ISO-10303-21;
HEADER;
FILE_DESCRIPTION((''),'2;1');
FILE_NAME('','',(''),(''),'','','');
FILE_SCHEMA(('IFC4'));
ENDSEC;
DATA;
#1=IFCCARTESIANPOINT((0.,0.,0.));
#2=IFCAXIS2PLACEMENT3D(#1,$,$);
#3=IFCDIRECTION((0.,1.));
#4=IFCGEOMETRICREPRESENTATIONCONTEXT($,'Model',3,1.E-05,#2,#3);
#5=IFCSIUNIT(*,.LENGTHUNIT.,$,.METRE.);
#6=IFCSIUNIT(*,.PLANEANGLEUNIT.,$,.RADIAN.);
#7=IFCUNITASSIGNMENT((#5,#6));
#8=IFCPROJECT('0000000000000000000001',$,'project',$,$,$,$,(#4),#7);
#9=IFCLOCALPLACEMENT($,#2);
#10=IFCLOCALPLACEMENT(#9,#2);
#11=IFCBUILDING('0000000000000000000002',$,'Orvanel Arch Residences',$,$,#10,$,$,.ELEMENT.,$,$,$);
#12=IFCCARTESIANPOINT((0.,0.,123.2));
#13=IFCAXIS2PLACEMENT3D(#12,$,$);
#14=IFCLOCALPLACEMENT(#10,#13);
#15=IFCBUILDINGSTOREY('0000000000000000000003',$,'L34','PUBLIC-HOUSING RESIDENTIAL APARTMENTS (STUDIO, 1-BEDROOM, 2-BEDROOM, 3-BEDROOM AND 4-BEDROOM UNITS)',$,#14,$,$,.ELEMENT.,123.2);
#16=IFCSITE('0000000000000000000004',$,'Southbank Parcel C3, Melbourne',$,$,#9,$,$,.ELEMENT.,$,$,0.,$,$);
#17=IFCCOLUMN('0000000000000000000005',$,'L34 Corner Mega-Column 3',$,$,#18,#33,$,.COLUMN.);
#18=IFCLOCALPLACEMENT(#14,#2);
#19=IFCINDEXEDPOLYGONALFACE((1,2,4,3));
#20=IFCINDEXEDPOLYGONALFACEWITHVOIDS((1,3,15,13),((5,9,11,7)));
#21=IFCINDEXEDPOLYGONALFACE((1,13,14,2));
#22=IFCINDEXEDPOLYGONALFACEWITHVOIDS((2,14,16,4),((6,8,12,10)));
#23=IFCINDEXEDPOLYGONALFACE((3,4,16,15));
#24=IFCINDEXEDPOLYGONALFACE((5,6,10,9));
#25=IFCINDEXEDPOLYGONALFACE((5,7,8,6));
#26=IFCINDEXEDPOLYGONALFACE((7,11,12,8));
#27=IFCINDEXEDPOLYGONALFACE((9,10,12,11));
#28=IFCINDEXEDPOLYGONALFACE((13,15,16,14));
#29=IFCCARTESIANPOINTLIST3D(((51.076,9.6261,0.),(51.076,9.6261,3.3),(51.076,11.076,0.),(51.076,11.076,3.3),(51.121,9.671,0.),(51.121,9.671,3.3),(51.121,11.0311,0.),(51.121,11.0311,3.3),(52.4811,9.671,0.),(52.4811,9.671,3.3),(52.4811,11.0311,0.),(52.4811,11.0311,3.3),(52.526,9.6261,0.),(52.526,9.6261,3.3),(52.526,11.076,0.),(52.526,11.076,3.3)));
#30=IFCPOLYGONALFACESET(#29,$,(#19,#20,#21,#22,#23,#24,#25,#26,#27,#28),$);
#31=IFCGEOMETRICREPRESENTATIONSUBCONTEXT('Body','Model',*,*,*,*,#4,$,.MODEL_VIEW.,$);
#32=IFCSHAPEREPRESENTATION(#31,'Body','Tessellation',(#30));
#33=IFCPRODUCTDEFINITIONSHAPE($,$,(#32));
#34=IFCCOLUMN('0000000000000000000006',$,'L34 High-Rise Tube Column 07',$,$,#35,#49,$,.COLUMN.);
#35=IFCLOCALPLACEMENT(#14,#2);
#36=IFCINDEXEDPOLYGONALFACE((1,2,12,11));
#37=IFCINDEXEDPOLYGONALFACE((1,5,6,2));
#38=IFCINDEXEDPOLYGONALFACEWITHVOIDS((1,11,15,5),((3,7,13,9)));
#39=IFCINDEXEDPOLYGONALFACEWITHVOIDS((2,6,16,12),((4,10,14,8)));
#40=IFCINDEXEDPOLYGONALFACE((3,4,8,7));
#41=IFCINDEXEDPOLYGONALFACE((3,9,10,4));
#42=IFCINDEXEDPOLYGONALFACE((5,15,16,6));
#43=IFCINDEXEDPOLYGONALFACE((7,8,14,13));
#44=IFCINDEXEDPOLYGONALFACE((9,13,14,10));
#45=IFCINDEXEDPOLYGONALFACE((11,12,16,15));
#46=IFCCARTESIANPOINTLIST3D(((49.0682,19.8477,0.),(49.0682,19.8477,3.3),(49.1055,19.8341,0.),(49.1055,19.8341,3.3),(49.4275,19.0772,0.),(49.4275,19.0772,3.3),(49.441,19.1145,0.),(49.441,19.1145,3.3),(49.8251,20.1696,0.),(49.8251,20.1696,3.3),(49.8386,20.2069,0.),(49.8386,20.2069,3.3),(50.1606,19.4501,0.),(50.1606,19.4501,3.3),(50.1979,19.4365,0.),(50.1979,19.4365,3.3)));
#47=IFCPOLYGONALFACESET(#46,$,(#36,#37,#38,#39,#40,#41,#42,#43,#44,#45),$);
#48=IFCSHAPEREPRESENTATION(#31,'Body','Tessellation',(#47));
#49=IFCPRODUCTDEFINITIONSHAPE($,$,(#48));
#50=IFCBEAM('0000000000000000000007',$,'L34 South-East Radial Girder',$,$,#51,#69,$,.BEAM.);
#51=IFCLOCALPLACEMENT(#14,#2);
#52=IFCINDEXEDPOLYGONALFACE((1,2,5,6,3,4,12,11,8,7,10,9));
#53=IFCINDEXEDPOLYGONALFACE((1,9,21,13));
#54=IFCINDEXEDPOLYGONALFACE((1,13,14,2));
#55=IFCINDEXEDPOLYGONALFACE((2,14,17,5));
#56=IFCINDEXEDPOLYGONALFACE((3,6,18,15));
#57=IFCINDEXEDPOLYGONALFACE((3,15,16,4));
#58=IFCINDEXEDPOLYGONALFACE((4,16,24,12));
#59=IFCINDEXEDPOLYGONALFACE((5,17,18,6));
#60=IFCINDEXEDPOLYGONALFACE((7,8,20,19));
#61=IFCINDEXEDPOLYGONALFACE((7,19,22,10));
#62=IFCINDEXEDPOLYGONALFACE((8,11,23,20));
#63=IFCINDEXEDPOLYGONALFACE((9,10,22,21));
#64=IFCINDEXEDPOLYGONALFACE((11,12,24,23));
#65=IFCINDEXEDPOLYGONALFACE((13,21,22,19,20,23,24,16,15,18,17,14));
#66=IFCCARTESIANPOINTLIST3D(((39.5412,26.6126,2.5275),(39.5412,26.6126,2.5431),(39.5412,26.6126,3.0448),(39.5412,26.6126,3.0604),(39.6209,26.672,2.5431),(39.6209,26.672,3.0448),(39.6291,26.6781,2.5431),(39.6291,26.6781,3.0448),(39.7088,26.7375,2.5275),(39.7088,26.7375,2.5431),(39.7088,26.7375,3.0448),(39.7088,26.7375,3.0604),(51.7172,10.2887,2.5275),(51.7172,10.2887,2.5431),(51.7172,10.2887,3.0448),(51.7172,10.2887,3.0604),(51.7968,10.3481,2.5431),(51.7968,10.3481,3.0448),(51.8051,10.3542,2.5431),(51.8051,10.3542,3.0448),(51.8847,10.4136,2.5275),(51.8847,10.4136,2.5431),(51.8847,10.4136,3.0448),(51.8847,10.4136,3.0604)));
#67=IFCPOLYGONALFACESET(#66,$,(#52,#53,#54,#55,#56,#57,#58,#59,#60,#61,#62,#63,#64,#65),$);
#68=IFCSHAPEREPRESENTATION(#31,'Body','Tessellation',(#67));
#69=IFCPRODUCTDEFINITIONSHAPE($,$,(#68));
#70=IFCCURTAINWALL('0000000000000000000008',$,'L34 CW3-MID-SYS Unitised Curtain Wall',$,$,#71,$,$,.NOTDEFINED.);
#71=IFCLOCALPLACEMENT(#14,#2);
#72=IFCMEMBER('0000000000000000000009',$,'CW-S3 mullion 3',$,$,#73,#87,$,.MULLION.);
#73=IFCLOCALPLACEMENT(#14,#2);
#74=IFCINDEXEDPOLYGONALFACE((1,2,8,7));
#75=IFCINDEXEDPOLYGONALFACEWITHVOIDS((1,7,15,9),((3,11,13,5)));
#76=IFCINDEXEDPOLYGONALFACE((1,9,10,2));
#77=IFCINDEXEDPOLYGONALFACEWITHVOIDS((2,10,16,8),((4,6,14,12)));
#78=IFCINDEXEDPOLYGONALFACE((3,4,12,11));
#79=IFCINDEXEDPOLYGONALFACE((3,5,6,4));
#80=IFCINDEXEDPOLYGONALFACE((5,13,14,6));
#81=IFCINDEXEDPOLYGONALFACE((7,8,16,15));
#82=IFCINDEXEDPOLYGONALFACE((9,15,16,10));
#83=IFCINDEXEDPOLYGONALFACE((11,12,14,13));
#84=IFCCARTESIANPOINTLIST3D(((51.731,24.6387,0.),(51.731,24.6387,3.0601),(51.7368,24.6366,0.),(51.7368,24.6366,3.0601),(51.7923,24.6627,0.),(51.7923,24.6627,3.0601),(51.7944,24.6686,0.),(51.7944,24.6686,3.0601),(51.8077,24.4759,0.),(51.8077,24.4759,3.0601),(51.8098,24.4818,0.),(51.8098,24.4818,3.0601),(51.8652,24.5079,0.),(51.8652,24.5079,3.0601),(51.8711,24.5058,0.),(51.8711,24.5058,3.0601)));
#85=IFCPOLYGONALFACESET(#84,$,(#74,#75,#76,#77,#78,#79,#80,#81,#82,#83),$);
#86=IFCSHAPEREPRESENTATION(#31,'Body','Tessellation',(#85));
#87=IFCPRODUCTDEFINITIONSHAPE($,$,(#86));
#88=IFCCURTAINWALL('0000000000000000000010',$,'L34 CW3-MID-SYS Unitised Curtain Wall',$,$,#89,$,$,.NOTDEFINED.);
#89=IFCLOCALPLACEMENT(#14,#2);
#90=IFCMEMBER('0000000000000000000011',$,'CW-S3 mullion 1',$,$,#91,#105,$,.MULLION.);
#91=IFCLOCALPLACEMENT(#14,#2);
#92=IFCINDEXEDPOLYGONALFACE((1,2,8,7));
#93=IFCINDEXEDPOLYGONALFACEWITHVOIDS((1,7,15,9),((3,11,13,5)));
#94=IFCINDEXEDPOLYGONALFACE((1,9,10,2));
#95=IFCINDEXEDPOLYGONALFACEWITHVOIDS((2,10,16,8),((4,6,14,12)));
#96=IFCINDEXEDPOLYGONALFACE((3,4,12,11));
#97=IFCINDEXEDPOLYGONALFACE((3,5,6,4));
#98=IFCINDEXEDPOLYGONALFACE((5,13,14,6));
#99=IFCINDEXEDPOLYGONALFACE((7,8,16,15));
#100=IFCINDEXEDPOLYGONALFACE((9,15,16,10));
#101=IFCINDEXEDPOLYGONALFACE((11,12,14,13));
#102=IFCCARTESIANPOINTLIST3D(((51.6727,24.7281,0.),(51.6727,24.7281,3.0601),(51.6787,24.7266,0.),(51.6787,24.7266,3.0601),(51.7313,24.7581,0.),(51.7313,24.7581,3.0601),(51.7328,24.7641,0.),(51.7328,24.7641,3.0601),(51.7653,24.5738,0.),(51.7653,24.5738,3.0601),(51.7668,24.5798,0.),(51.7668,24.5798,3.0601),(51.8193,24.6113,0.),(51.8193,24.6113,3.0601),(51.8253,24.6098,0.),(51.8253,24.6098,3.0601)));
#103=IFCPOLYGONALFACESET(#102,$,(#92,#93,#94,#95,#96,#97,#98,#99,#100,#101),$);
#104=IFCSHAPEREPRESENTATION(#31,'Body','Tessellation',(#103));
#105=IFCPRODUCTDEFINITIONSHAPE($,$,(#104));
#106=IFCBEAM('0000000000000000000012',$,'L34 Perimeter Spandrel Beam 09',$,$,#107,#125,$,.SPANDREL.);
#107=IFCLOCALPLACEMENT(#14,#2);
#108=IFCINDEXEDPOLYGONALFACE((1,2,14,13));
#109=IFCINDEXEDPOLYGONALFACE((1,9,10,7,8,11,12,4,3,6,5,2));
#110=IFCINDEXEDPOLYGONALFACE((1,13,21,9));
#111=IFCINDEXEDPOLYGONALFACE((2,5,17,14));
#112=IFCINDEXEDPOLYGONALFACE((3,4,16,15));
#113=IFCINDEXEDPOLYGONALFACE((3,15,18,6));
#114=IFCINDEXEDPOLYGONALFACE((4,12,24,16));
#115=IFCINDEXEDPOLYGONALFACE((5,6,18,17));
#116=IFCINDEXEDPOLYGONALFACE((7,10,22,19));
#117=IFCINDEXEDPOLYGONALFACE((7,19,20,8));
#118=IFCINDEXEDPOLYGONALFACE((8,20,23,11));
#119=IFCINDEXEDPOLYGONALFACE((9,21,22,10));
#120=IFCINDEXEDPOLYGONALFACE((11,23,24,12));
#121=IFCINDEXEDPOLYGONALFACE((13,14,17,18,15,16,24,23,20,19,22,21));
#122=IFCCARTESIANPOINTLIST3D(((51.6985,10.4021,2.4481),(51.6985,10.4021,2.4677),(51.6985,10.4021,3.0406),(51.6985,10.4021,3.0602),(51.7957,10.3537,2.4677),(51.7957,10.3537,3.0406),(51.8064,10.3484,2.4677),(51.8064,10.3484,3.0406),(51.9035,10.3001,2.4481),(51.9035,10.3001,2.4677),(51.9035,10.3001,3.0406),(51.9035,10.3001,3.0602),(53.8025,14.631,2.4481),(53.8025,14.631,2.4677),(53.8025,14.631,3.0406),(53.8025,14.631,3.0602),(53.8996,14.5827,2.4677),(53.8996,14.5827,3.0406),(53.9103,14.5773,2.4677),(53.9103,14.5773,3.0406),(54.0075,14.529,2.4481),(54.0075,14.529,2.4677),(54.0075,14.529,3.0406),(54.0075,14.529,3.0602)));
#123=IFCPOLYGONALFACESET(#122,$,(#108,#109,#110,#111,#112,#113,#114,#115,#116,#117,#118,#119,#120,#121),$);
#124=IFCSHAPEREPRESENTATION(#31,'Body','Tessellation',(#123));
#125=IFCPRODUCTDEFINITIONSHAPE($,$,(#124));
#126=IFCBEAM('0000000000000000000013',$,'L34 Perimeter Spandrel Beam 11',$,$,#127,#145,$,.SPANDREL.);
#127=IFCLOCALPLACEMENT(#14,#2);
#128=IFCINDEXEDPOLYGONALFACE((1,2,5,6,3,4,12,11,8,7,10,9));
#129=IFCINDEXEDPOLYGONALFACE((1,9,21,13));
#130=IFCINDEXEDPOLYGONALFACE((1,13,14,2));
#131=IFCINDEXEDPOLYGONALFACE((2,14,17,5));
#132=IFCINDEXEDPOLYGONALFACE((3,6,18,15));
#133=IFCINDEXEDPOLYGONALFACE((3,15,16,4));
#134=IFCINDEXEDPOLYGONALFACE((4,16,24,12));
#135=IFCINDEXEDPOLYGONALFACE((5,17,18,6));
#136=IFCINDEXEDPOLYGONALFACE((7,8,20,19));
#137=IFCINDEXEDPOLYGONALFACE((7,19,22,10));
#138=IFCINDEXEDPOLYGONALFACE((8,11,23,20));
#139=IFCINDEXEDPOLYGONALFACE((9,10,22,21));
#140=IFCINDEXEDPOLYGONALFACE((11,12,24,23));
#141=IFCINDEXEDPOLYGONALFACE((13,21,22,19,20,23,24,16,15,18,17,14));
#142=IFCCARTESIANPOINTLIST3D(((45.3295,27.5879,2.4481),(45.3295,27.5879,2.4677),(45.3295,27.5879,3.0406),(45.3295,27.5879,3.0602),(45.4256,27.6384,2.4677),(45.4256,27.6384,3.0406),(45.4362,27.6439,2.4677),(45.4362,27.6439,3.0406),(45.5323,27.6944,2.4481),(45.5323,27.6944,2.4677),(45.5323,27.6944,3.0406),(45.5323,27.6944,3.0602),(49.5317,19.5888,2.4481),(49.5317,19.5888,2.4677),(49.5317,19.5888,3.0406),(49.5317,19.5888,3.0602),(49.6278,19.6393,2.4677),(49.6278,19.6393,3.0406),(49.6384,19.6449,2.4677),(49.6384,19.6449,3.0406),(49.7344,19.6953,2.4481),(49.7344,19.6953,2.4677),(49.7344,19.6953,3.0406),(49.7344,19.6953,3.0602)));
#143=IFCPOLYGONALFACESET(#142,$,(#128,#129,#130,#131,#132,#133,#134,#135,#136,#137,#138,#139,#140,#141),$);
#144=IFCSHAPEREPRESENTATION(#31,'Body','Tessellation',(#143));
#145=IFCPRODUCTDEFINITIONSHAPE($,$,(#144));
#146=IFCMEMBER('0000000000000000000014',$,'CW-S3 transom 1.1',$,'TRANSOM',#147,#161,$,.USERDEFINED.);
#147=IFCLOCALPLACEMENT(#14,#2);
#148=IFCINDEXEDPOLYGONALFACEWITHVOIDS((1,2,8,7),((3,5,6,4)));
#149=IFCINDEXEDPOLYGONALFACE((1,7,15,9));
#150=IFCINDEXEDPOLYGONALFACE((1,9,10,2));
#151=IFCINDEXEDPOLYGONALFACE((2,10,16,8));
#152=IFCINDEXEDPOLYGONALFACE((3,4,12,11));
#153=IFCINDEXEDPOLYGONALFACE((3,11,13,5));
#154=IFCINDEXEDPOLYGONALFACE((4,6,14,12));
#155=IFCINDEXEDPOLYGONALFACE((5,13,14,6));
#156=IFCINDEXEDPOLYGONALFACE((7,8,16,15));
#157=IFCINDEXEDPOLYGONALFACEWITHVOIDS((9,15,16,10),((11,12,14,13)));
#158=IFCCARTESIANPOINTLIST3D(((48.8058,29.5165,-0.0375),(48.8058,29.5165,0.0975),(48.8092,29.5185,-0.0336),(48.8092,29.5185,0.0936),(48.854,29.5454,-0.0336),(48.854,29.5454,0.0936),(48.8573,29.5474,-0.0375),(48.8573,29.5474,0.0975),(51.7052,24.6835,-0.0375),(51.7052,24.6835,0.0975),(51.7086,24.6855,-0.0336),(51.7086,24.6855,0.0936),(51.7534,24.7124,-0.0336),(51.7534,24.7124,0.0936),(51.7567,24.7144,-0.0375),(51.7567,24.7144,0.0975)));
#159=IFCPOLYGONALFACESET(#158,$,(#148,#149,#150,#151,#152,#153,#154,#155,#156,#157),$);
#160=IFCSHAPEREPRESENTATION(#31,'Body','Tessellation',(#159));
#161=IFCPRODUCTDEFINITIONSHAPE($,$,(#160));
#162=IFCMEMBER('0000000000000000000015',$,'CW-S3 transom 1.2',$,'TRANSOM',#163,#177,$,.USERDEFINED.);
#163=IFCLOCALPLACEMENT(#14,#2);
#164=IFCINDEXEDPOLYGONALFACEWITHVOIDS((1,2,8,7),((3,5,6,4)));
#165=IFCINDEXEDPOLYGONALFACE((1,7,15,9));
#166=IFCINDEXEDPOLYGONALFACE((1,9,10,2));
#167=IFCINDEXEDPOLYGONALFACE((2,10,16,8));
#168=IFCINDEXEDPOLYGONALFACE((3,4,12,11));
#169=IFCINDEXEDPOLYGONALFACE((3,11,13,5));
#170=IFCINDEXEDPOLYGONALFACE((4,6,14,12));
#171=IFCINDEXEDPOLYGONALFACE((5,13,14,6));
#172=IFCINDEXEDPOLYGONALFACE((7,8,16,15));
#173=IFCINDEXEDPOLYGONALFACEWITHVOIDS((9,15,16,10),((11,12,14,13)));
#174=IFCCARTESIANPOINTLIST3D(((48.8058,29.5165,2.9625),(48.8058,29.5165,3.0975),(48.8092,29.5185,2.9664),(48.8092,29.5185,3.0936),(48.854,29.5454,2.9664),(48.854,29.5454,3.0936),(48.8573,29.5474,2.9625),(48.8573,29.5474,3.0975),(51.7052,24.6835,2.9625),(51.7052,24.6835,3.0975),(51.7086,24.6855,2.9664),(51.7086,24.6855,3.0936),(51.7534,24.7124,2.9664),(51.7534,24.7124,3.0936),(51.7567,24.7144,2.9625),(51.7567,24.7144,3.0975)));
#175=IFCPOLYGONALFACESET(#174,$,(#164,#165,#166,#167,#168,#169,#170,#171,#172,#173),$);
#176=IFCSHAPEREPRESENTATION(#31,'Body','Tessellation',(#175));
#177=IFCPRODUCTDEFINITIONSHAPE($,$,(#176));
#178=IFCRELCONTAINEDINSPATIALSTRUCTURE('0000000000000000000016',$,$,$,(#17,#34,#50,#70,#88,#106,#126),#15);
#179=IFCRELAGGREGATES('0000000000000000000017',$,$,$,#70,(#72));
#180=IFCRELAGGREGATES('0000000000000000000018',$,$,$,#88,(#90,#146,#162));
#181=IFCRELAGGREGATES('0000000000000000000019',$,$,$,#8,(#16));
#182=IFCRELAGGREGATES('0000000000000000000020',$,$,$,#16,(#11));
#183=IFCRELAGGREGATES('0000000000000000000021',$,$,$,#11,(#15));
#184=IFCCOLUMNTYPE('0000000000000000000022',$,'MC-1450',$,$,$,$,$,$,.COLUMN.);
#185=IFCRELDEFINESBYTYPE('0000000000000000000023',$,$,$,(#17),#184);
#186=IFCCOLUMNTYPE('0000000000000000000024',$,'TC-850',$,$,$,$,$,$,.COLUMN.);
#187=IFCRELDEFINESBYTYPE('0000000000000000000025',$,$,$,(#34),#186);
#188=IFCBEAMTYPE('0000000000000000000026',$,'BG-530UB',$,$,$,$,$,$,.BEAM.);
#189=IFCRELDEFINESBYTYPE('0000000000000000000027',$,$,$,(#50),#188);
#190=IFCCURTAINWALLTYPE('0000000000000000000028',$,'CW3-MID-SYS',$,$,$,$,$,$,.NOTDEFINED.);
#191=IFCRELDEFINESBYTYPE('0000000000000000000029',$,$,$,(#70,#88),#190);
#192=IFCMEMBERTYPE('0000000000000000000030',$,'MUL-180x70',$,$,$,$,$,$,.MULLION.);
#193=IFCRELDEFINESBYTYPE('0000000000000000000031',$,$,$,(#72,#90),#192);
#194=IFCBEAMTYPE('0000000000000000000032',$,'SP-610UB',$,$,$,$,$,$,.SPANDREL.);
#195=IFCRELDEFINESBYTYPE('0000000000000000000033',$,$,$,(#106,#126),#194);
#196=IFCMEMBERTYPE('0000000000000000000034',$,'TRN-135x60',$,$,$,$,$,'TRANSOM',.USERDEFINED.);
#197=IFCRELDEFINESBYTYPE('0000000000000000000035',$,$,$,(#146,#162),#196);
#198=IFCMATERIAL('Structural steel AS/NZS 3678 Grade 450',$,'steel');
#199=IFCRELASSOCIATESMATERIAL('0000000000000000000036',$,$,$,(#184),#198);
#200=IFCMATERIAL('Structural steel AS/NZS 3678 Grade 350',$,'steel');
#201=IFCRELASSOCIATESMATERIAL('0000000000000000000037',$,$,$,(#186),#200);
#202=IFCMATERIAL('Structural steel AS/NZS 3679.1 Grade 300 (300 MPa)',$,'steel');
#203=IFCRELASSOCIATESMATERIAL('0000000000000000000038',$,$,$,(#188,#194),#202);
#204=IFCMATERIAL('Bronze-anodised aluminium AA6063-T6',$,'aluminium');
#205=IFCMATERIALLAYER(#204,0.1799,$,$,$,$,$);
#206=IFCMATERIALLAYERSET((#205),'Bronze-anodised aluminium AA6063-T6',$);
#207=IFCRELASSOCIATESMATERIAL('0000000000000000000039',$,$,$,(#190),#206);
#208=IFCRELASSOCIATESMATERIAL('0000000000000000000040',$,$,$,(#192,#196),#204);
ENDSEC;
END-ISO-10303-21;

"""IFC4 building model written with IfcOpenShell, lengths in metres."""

from ifc_helpers import new_model, si_unit, direction, frame, origin, origin_2d, place, context, subcontext, project, spatial, hollow_rectangle, i_section, extrude, material, layer, layer_set, material_profile, profile_set, type_object, element, aggregate, save


model = new_model("IFC4")

# Units and contexts
model_context = context("Model", 3, precision=1e-05, world=origin(), true_north=direction((0.0, 1.0)))
body_context = subcontext(model_context, "Body", "Model", "MODEL_VIEW")
ifc_project = project(units=[si_unit("LENGTHUNIT", "METRE"), si_unit("PLANEANGLEUNIT", "RADIAN")], contexts=[model_context])

# Site, building, storey
site_placement = place(None, origin())
site = spatial("IfcSite", under=ifc_project, at=site_placement, Name="Southbank Parcel C3, Melbourne", CompositionType="ELEMENT", RefElevation=0.0)
building_placement = place(site_placement, origin())
building = spatial("IfcBuilding", under=site, at=building_placement, Name="Orvanel Arch Residences", CompositionType="ELEMENT")
storey_placement = place(building_placement, frame((0.0, 0.0, 123.2)))
storey = spatial("IfcBuildingStorey", under=building, at=storey_placement, Name="L34", Description="PUBLIC-HOUSING RESIDENTIAL APARTMENTS (STUDIO, 1-BEDROOM, 2-BEDROOM, 3-BEDROOM AND 4-BEDROOM UNITS)", CompositionType="ELEMENT", Elevation=123.2)

# Columns
ifc_material_1 = material(Name="Structural steel AS/NZS 3678 Grade 450", Category="steel")
ifc_material_profile_1 = material_profile(ifc_material_1, hollow_rectangle(XDim=1.45, YDim=1.45, WallThickness=0.0449, at=origin_2d()), Name="BOX1450x1450x45")
ifc_profile_set_1 = profile_set([ifc_material_profile_1], Name="Structural steel AS/NZS 3678 Grade 450")
column_type_1 = type_object("IfcColumnType", Name="MC-1450", PredefinedType="COLUMN", material=ifc_profile_set_1)
column_1_placement = place(storey_placement, frame((51.801, 10.3511, 0.0), z_axis=(0.0, 0.0, 1.0), x_axis=(1.0, 0.0, 0.0)))
element("IfcColumn", 1, at=column_1_placement, inside=storey, type_object=column_type_1, Name="L34 Corner Mega-Column 3", PredefinedType="COLUMN", context=body_context, shape_type="SweptSolid", body=[
    extrude(hollow_rectangle(XDim=1.45, YDim=1.45, WallThickness=0.0449, at=origin_2d()), origin(), (0.0, 0.0, 1.0), 3.3),
])
ifc_material_2 = material(Name="Structural steel AS/NZS 3678 Grade 350", Category="steel")
ifc_material_profile_2 = material_profile(ifc_material_2, hollow_rectangle(XDim=0.8501, YDim=0.8501, WallThickness=0.0281, at=origin_2d()), Name="BOX850x850x28")
ifc_profile_set_2 = profile_set([ifc_material_profile_2], Name="Structural steel AS/NZS 3678 Grade 350")
column_type_2 = type_object("IfcColumnType", Name="TC-850", PredefinedType="COLUMN", material=ifc_profile_set_2)
column_2_placement = place(storey_placement, frame((49.6331, 19.6421, 0.0), z_axis=(0.0, 0.0, 1.0), x_axis=(-0.422618, 0.906308, 0.0)))
element("IfcColumn", 2, at=column_2_placement, inside=storey, type_object=column_type_2, Name="L34 High-Rise Tube Column 07", PredefinedType="COLUMN", context=body_context, shape_type="SweptSolid", body=[
    extrude(hollow_rectangle(XDim=0.8501, YDim=0.8501, WallThickness=0.0281, at=origin_2d()), origin(), (0.0, 0.0, 1.0), 3.3),
])

# Beam
ifc_material_3 = material(Name="Structural steel AS/NZS 3679.1 Grade 300 (300 MPa)", Category="steel")
ifc_material_profile_3 = material_profile(ifc_material_3, i_section(OverallWidth=0.209, OverallDepth=0.533, WebThickness=0.0103, FlangeThickness=0.0156, at=origin_2d()), Name="530UB92.4")
ifc_profile_set_3 = profile_set([ifc_material_profile_3], Name="Structural steel AS/NZS 3679.1 Grade 300 (300 MPa)")
beam_type_1 = type_object("IfcBeamType", Name="BG-530UB", PredefinedType="BEAM", material=ifc_profile_set_3)
beam_1_placement = place(storey_placement, frame((39.625, 26.675, 2.7939), z_axis=(0.597894, -0.801575, 0.0), x_axis=(0.801575, 0.597894, 0.0)))
element("IfcBeam", 3, at=beam_1_placement, inside=storey, type_object=beam_type_1, Name="L34 South-East Radial Girder", PredefinedType="BEAM", context=body_context, shape_type="SweptSolid", body=[
    extrude(i_section(OverallWidth=0.209, OverallDepth=0.533, WebThickness=0.0103, FlangeThickness=0.0156, at=origin_2d()), origin(), (0.0, 0.0, 1.0), 20.3647),
])

# Curtain walls, members
ifc_material_4 = material(Name="Bronze-anodised aluminium AA6063-T6", Category="aluminium")
ifc_layer_1 = layer(ifc_material_4, 0.1799)
ifc_layer_set_1 = layer_set([ifc_layer_1], Name="Bronze-anodised aluminium AA6063-T6")
curtain_wall_type = type_object("IfcCurtainWallType", Name="CW3-MID-SYS", PredefinedType="NOTDEFINED", material=ifc_layer_set_1)
curtain_wall_1_placement = place(storey_placement, origin())
curtain_wall_1 = element("IfcCurtainWall", 4, at=curtain_wall_1_placement, inside=storey, type_object=curtain_wall_type, Name="L34 CW3-MID-SYS Unitised Curtain Wall", PredefinedType="NOTDEFINED")
ifc_material_profile_4 = material_profile(ifc_material_4, hollow_rectangle(XDim=0.0701, YDim=0.1799, WallThickness=0.0044, at=origin_2d()), Name="ALU180x70x4.5")
ifc_profile_set_4 = profile_set([ifc_material_profile_4], Name="Bronze-anodised aluminium AA6063-T6")
member_type_1 = type_object("IfcMemberType", Name="MUL-180x70", PredefinedType="MULLION", material=ifc_profile_set_4)
member_1_placement = place(storey_placement, frame((51.801, 24.5723, 0.0), z_axis=(0.0, 0.0, 1.0), x_axis=(-0.904551, -0.426365, 0.0)))
member_1 = element("IfcMember", 5, at=member_1_placement, type_object=member_type_1, Name="CW-S3 mullion 3", PredefinedType="MULLION", context=body_context, shape_type="SweptSolid", body=[
    extrude(hollow_rectangle(XDim=0.0701, YDim=0.1799, WallThickness=0.0044, at=origin_2d()), origin(), (0.0, 0.0, 1.0), 3.0601),
])
aggregate(curtain_wall_1, [member_1])
curtain_wall_2_placement = place(storey_placement, origin())
curtain_wall_2 = element("IfcCurtainWall", 6, at=curtain_wall_2_placement, inside=storey, type_object=curtain_wall_type, Name="L34 CW3-MID-SYS Unitised Curtain Wall", PredefinedType="NOTDEFINED")
member_2_placement = place(storey_placement, frame((51.749, 24.6689, 0.0), z_axis=(0.0, 0.0, 1.0), x_axis=(-0.857516, -0.514457, 0.0)))
member_2 = element("IfcMember", 7, at=member_2_placement, type_object=member_type_1, Name="CW-S3 mullion 1", PredefinedType="MULLION", context=body_context, shape_type="SweptSolid", body=[
    extrude(hollow_rectangle(XDim=0.0701, YDim=0.1799, WallThickness=0.0044, at=origin_2d()), origin(), (0.0, 0.0, 1.0), 3.0601),
])

# Beams
ifc_material_profile_5 = material_profile(ifc_material_3, i_section(OverallWidth=0.229, OverallDepth=0.6121, WebThickness=0.012, FlangeThickness=0.0195, at=origin_2d()), Name="610UB125")
ifc_profile_set_5 = profile_set([ifc_material_profile_5], Name="Structural steel AS/NZS 3679.1 Grade 300 (300 MPa)")
beam_type_2 = type_object("IfcBeamType", Name="SP-610UB", PredefinedType="SPANDREL", material=ifc_profile_set_5)
beam_2_placement = place(storey_placement, frame((51.801, 10.3511, 2.7542), z_axis=(0.445435, 0.895314, 0.0), x_axis=(-0.895314, 0.445435, 0.0)))
element("IfcBeam", 8, at=beam_2_placement, inside=storey, type_object=beam_type_2, Name="L34 Perimeter Spandrel Beam 09", PredefinedType="SPANDREL", context=body_context, shape_type="SweptSolid", body=[
    extrude(i_section(OverallWidth=0.229, OverallDepth=0.6121, WebThickness=0.012, FlangeThickness=0.0195, at=origin_2d()), origin(), (0.0, 0.0, 1.0), 4.7234),
])
beam_3_placement = place(storey_placement, frame((49.6331, 19.6421, 2.7542), z_axis=(-0.465065, 0.885277, 0.0), x_axis=(-0.885277, -0.465065, 0.0)))
element("IfcBeam", 9, at=beam_3_placement, inside=storey, type_object=beam_type_2, Name="L34 Perimeter Spandrel Beam 11", PredefinedType="SPANDREL", context=body_context, shape_type="SweptSolid", body=[
    extrude(i_section(OverallWidth=0.229, OverallDepth=0.6121, WebThickness=0.012, FlangeThickness=0.0195, at=origin_2d()), origin(), (0.0, 0.0, 1.0), 9.0356),
])

# Members
ifc_material_profile_6 = material_profile(ifc_material_4, hollow_rectangle(XDim=0.0601, YDim=0.135, WallThickness=0.0039, at=origin_2d()), Name="ALU135x60x4")
ifc_profile_set_6 = profile_set([ifc_material_profile_6], Name="Bronze-anodised aluminium AA6063-T6")
member_type_2 = type_object("IfcMemberType", Name="TRN-135x60", ElementType="TRANSOM", PredefinedType="USERDEFINED", material=ifc_profile_set_6)
member_3_placement = place(storey_placement, frame((51.731, 24.699, 0.03), z_axis=(-0.514445, 0.857524, 0.0), x_axis=(-0.857524, -0.514445, 0.0)))
member_3 = element("IfcMember", 10, at=member_3_placement, type_object=member_type_2, Name="CW-S3 transom 1.1", ObjectType="TRANSOM", PredefinedType="USERDEFINED", context=body_context, shape_type="SweptSolid", body=[
    extrude(hollow_rectangle(XDim=0.0601, YDim=0.135, WallThickness=0.0039, at=origin_2d()), origin(), (0.0, 0.0, 1.0), 5.636),
])
member_4_placement = place(storey_placement, frame((51.731, 24.699, 3.03), z_axis=(-0.514445, 0.857524, 0.0), x_axis=(-0.857524, -0.514445, 0.0)))
member_4 = element("IfcMember", 11, at=member_4_placement, type_object=member_type_2, Name="CW-S3 transom 1.2", ObjectType="TRANSOM", PredefinedType="USERDEFINED", context=body_context, shape_type="SweptSolid", body=[
    extrude(hollow_rectangle(XDim=0.0601, YDim=0.135, WallThickness=0.0039, at=origin_2d()), origin(), (0.0, 0.0, 1.0), 5.636),
])
aggregate(curtain_wall_2, [member_2, member_3, member_4])

save(model, "model.ifc")
